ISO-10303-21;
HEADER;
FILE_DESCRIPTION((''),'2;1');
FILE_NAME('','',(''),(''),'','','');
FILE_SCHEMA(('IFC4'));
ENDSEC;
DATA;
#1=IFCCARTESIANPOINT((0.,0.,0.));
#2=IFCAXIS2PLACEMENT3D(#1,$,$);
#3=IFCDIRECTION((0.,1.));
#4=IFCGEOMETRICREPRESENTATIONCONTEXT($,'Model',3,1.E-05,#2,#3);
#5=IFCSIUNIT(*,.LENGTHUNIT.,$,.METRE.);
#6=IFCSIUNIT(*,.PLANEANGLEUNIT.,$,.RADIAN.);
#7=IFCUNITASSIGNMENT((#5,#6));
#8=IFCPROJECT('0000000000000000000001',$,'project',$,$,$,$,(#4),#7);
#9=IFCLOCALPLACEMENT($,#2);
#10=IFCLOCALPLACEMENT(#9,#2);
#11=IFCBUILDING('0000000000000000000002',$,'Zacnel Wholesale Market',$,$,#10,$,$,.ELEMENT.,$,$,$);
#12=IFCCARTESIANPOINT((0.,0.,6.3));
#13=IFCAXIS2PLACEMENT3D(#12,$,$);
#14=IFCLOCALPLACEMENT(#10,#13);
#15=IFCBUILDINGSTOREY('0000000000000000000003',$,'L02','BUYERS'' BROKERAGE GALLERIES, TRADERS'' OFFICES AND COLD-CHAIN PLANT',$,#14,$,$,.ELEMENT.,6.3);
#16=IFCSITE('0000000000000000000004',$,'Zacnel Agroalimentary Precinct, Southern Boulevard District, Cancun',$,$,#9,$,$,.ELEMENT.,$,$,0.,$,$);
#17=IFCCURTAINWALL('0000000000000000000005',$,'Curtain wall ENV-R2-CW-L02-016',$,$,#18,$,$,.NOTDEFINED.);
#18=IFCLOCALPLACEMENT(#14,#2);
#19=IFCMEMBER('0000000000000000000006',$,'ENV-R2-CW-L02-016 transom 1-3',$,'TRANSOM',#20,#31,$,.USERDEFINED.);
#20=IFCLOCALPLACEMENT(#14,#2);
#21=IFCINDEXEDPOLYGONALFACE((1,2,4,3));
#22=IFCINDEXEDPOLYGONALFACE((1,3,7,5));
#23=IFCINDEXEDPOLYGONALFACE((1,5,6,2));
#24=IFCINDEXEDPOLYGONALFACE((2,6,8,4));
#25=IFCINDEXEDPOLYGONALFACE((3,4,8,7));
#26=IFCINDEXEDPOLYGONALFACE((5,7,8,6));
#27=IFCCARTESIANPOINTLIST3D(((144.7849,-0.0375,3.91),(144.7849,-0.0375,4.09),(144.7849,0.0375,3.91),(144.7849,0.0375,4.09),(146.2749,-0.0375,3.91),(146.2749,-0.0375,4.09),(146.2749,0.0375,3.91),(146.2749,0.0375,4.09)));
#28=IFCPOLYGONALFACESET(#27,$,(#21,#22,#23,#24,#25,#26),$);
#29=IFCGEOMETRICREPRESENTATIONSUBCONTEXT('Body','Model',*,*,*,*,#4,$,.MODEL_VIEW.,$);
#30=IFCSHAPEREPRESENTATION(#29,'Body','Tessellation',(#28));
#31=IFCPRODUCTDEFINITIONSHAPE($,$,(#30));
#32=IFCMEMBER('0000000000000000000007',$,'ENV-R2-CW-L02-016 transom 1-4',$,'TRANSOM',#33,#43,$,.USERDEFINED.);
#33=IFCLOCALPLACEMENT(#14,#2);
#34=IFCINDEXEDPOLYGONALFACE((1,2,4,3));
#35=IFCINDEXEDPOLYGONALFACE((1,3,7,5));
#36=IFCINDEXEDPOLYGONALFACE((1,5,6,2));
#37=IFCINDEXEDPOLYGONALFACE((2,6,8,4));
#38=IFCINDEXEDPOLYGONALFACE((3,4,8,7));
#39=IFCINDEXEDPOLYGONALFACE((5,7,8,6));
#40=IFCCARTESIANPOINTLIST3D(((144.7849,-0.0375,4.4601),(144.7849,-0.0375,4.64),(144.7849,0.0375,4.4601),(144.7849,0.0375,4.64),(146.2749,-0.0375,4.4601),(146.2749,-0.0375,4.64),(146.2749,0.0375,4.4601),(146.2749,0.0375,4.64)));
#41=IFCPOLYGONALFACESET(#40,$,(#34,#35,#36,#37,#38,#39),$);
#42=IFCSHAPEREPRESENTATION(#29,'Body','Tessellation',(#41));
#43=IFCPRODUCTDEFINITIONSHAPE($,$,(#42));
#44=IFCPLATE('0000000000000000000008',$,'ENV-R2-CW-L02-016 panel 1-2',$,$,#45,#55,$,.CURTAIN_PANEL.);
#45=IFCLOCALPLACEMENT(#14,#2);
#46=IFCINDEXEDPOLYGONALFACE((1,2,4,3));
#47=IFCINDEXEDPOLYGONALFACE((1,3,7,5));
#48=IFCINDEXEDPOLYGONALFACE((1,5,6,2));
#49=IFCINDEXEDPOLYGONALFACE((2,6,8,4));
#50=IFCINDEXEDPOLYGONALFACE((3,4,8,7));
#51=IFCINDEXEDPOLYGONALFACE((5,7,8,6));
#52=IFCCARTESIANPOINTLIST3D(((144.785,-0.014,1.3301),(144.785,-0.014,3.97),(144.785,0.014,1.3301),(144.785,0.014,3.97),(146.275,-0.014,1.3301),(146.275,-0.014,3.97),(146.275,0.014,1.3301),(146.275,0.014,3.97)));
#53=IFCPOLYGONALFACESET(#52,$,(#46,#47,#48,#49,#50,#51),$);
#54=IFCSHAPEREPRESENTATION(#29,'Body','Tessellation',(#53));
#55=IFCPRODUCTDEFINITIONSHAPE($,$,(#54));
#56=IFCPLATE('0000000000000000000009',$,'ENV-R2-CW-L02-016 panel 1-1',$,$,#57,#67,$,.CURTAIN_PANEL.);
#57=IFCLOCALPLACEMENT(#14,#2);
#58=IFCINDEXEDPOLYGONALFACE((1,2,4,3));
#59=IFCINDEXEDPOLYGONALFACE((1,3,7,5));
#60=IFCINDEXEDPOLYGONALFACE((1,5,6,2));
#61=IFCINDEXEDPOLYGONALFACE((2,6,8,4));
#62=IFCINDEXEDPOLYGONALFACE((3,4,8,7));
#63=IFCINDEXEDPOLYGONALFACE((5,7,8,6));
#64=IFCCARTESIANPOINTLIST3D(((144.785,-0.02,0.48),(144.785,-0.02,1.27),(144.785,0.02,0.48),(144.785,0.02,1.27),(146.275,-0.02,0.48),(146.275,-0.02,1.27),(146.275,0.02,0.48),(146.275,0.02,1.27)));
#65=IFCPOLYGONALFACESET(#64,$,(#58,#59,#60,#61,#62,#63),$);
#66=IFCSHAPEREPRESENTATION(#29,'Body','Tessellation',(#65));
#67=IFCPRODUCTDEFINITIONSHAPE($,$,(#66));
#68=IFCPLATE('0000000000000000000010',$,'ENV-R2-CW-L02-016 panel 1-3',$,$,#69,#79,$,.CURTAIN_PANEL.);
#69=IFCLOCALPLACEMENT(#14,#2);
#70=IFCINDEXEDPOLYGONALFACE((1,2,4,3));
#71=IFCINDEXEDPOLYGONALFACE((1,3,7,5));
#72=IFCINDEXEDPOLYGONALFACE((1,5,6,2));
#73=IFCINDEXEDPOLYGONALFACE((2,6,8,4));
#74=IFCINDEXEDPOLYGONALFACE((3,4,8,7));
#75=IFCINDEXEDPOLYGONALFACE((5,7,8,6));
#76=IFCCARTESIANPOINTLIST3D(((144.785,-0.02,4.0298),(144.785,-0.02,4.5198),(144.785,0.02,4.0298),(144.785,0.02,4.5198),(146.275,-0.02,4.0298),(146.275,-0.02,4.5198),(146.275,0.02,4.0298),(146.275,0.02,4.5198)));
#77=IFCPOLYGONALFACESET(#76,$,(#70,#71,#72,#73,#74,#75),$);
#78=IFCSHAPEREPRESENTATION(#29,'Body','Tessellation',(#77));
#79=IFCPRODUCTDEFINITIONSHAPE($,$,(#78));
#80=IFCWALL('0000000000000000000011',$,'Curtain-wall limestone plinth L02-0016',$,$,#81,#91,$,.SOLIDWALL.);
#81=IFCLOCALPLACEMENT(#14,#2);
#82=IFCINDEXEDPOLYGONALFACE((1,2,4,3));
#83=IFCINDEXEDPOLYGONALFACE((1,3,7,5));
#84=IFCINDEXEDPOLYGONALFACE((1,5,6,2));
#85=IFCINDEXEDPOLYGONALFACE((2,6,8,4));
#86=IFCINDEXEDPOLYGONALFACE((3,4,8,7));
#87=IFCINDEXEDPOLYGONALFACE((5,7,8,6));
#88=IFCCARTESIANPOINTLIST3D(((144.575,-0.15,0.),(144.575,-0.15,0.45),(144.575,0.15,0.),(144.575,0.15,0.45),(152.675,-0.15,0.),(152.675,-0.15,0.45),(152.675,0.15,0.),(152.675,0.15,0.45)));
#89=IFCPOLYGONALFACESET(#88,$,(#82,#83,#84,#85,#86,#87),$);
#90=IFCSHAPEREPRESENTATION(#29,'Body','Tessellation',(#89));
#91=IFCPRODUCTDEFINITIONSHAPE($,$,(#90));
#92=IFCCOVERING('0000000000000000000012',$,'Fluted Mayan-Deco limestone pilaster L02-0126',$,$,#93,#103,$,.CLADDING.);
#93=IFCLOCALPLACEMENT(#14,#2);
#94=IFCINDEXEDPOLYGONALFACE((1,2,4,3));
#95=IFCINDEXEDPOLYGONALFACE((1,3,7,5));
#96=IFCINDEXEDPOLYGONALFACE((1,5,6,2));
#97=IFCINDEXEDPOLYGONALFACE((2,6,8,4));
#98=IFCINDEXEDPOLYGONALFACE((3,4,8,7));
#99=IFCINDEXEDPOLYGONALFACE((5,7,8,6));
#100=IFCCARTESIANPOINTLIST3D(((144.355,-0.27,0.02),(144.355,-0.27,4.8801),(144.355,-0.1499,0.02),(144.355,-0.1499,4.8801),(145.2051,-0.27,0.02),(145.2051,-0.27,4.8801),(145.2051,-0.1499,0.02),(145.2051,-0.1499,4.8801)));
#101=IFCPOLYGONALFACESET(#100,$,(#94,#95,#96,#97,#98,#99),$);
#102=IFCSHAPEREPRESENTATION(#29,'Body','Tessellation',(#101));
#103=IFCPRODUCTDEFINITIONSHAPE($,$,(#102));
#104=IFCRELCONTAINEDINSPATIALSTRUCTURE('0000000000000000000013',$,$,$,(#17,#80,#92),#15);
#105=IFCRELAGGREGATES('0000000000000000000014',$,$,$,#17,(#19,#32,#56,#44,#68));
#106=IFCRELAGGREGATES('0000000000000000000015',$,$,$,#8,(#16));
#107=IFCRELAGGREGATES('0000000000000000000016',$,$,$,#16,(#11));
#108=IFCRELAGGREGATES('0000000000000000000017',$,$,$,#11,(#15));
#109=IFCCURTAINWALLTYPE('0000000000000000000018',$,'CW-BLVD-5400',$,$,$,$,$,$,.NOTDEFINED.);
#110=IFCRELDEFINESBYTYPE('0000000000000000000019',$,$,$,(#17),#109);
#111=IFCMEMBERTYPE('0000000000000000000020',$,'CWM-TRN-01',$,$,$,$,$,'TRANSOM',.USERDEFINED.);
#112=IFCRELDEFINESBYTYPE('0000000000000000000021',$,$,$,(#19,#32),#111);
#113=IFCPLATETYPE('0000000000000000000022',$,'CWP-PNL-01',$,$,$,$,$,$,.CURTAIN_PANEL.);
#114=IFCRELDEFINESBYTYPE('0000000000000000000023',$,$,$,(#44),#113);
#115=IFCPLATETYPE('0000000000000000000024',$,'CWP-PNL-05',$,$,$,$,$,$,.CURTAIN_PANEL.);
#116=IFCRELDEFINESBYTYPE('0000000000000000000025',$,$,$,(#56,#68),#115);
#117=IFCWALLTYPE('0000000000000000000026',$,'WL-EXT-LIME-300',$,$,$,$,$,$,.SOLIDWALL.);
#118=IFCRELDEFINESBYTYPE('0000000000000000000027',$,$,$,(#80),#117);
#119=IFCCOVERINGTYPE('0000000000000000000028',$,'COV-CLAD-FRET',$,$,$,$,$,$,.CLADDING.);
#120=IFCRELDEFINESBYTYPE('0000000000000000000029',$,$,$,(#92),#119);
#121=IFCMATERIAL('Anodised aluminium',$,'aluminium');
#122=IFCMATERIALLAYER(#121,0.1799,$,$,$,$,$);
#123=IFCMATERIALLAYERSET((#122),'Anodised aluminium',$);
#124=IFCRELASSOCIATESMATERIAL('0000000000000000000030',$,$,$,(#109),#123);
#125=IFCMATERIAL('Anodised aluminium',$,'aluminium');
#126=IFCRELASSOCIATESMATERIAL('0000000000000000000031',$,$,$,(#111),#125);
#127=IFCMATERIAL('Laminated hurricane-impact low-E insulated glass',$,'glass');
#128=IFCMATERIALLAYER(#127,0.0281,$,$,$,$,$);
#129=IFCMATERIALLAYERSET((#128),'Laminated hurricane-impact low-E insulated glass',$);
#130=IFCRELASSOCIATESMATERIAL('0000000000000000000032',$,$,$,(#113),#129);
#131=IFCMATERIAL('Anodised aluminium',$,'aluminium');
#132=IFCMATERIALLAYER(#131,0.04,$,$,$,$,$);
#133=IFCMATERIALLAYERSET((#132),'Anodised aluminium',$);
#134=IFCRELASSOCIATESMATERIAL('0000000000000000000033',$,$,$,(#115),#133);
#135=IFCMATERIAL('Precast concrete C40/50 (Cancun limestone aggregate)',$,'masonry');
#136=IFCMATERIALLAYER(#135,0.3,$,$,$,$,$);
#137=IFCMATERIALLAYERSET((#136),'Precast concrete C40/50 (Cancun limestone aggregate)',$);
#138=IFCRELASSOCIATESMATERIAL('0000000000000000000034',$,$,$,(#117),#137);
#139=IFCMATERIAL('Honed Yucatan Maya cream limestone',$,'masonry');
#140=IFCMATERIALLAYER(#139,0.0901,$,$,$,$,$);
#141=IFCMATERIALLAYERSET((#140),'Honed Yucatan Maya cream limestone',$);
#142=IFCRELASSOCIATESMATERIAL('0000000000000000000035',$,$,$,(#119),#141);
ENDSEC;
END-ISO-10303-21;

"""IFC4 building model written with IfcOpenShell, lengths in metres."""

from ifc_helpers import new_model, si_unit, direction, frame, frame_2d, origin, origin_2d, place, context, subcontext, project, spatial, rectangle, extrude, material, layer, layer_set, material_profile, profile_set, type_object, element, aggregate, save


model = new_model("IFC4")

# Units and contexts
model_context = context("Model", 3, precision=1e-05, world=origin(), true_north=direction((0.0, 1.0)))
body_context = subcontext(model_context, "Body", "Model", "MODEL_VIEW")
ifc_project = project(units=[si_unit("LENGTHUNIT", "METRE"), si_unit("PLANEANGLEUNIT", "RADIAN")], contexts=[model_context])

# Site, building, storey
site_placement = place(None, origin())
site = spatial("IfcSite", under=ifc_project, at=site_placement, Name="Zacnel Agroalimentary Precinct, Southern Boulevard District, Cancun", CompositionType="ELEMENT", RefElevation=0.0)
building_placement = place(site_placement, origin())
building = spatial("IfcBuilding", under=site, at=building_placement, Name="Zacnel Wholesale Market", CompositionType="ELEMENT")
storey_placement = place(building_placement, frame((0.0, 0.0, 6.3)))
storey = spatial("IfcBuildingStorey", under=building, at=storey_placement, Name="L02", Description="BUYERS' BROKERAGE GALLERIES, TRADERS' OFFICES AND COLD-CHAIN PLANT", CompositionType="ELEMENT", Elevation=6.3)

# Curtain wall, members, plates
ifc_material_1 = material(Name="Anodised aluminium", Category="aluminium")
ifc_layer_1 = layer(ifc_material_1, 0.1799)
ifc_layer_set_1 = layer_set([ifc_layer_1], Name="Anodised aluminium")
curtain_wall_type = type_object("IfcCurtainWallType", Name="CW-BLVD-5400", PredefinedType="NOTDEFINED", material=ifc_layer_set_1)
curtain_wall_placement = place(storey_placement, origin())
curtain_wall = element("IfcCurtainWall", 1, at=curtain_wall_placement, inside=storey, type_object=curtain_wall_type, Name="Curtain wall ENV-R2-CW-L02-016", PredefinedType="NOTDEFINED")
ifc_material_2 = material(Name="Anodised aluminium", Category="aluminium")
ifc_material_profile_1 = material_profile(ifc_material_2, rectangle(XDim=0.075, YDim=0.1799, at=origin_2d()), Name="AW-TRANSOM 75x180")
ifc_profile_set_1 = profile_set([ifc_material_profile_1], Name="Anodised aluminium")
member_type_1 = type_object("IfcMemberType", Name="CWM-TRN-01", ElementType="TRANSOM", PredefinedType="USERDEFINED", material=ifc_profile_set_1)
member_1_placement = place(storey_placement, frame((144.7849, 0.0, 4.0), z_axis=(1.0, 0.0, 0.0), x_axis=(0.0, 1.0, 0.0)))
member_1 = element("IfcMember", 2, at=member_1_placement, type_object=member_type_1, Name="ENV-R2-CW-L02-016 transom 1-3", ObjectType="TRANSOM", PredefinedType="USERDEFINED", context=body_context, shape_type="SweptSolid", body=[
    extrude(rectangle(XDim=0.075, YDim=0.1799, at=origin_2d()), origin(), (0.0, 0.0, 1.0), 1.49),
])
member_2_placement = place(storey_placement, frame((144.7849, 0.0, 4.55), z_axis=(1.0, 0.0, 0.0), x_axis=(0.0, 1.0, 0.0)))
member_2 = element("IfcMember", 3, at=member_2_placement, type_object=member_type_1, Name="ENV-R2-CW-L02-016 transom 1-4", ObjectType="TRANSOM", PredefinedType="USERDEFINED", context=body_context, shape_type="SweptSolid", body=[
    extrude(rectangle(XDim=0.075, YDim=0.1799, at=origin_2d()), origin(), (0.0, 0.0, 1.0), 1.49),
])
ifc_material_3 = material(Name="Laminated hurricane-impact low-E insulated glass", Category="glass")
ifc_layer_2 = layer(ifc_material_3, 0.0281)
ifc_layer_set_2 = layer_set([ifc_layer_2], Name="Laminated hurricane-impact low-E insulated glass")
plate_type_1 = type_object("IfcPlateType", Name="CWP-PNL-01", PredefinedType="CURTAIN_PANEL", material=ifc_layer_set_2)
plate_1_placement = place(storey_placement, frame((145.53, 0.0, 1.3301), z_axis=(0.0, 0.0, 1.0), x_axis=(1.0, 0.0, 0.0)))
plate_1 = element("IfcPlate", 4, at=plate_1_placement, type_object=plate_type_1, Name="ENV-R2-CW-L02-016 panel 1-2", PredefinedType="CURTAIN_PANEL", context=body_context, shape_type="SweptSolid", body=[
    extrude(rectangle(XDim=1.49, YDim=0.0281, at=origin_2d()), origin(), (0.0, 0.0, 1.0), 2.6399),
])
ifc_material_4 = material(Name="Anodised aluminium", Category="aluminium")
ifc_layer_3 = layer(ifc_material_4, 0.04)
ifc_layer_set_3 = layer_set([ifc_layer_3], Name="Anodised aluminium")
plate_type_2 = type_object("IfcPlateType", Name="CWP-PNL-05", PredefinedType="CURTAIN_PANEL", material=ifc_layer_set_3)
plate_2_placement = place(storey_placement, frame((145.53, 0.0, 0.48), z_axis=(0.0, 0.0, 1.0), x_axis=(1.0, 0.0, 0.0)))
plate_2 = element("IfcPlate", 5, at=plate_2_placement, type_object=plate_type_2, Name="ENV-R2-CW-L02-016 panel 1-1", PredefinedType="CURTAIN_PANEL", context=body_context, shape_type="SweptSolid", body=[
    extrude(rectangle(XDim=1.49, YDim=0.04, at=origin_2d()), origin(), (0.0, 0.0, 1.0), 0.79),
])
plate_3_placement = place(storey_placement, frame((145.53, 0.0, 4.0298), z_axis=(0.0, 0.0, 1.0), x_axis=(1.0, 0.0, 0.0)))
plate_3 = element("IfcPlate", 6, at=plate_3_placement, type_object=plate_type_2, Name="ENV-R2-CW-L02-016 panel 1-3", PredefinedType="CURTAIN_PANEL", context=body_context, shape_type="SweptSolid", body=[
    extrude(rectangle(XDim=1.49, YDim=0.04, at=origin_2d()), origin(), (0.0, 0.0, 1.0), 0.49),
])
aggregate(curtain_wall, [member_1, member_2, plate_2, plate_1, plate_3])

# Wall
ifc_material_5 = material(Name="Precast concrete C40/50 (Cancun limestone aggregate)", Category="masonry")
ifc_layer_4 = layer(ifc_material_5, 0.3)
ifc_layer_set_4 = layer_set([ifc_layer_4], Name="Precast concrete C40/50 (Cancun limestone aggregate)")
wall_type = type_object("IfcWallType", Name="WL-EXT-LIME-300", PredefinedType="SOLIDWALL", material=ifc_layer_set_4)
wall_placement = place(storey_placement, frame((144.575, 0.0, 0.0), z_axis=(0.0, 0.0, 1.0), x_axis=(1.0, 0.0, 0.0)))
element("IfcWall", 7, at=wall_placement, inside=storey, type_object=wall_type, Name="Curtain-wall limestone plinth L02-0016", PredefinedType="SOLIDWALL", context=body_context, shape_type="SweptSolid", body=[
    extrude(rectangle(XDim=8.1001, YDim=0.3, at=frame_2d((4.05, 0.0))), origin(), (0.0, 0.0, 1.0), 0.45),
])

# Covering
ifc_material_6 = material(Name="Honed Yucatan Maya cream limestone", Category="masonry")
ifc_layer_5 = layer(ifc_material_6, 0.0901)
ifc_layer_set_5 = layer_set([ifc_layer_5], Name="Honed Yucatan Maya cream limestone")
covering_type = type_object("IfcCoveringType", Name="COV-CLAD-FRET", PredefinedType="CLADDING", material=ifc_layer_set_5)
covering_placement = place(storey_placement, frame((144.78, -0.21, 0.02), z_axis=(0.0, 0.0, 1.0), x_axis=(1.0, 0.0, 0.0)))
element("IfcCovering", 8, at=covering_placement, inside=storey, type_object=covering_type, Name="Fluted Mayan-Deco limestone pilaster L02-0126", PredefinedType="CLADDING", context=body_context, shape_type="SweptSolid", body=[
    extrude(rectangle(XDim=0.8501, YDim=0.1201, at=origin_2d()), origin(), (0.0, 0.0, 1.0), 4.8601),
])

save(model, "model.ifc")
